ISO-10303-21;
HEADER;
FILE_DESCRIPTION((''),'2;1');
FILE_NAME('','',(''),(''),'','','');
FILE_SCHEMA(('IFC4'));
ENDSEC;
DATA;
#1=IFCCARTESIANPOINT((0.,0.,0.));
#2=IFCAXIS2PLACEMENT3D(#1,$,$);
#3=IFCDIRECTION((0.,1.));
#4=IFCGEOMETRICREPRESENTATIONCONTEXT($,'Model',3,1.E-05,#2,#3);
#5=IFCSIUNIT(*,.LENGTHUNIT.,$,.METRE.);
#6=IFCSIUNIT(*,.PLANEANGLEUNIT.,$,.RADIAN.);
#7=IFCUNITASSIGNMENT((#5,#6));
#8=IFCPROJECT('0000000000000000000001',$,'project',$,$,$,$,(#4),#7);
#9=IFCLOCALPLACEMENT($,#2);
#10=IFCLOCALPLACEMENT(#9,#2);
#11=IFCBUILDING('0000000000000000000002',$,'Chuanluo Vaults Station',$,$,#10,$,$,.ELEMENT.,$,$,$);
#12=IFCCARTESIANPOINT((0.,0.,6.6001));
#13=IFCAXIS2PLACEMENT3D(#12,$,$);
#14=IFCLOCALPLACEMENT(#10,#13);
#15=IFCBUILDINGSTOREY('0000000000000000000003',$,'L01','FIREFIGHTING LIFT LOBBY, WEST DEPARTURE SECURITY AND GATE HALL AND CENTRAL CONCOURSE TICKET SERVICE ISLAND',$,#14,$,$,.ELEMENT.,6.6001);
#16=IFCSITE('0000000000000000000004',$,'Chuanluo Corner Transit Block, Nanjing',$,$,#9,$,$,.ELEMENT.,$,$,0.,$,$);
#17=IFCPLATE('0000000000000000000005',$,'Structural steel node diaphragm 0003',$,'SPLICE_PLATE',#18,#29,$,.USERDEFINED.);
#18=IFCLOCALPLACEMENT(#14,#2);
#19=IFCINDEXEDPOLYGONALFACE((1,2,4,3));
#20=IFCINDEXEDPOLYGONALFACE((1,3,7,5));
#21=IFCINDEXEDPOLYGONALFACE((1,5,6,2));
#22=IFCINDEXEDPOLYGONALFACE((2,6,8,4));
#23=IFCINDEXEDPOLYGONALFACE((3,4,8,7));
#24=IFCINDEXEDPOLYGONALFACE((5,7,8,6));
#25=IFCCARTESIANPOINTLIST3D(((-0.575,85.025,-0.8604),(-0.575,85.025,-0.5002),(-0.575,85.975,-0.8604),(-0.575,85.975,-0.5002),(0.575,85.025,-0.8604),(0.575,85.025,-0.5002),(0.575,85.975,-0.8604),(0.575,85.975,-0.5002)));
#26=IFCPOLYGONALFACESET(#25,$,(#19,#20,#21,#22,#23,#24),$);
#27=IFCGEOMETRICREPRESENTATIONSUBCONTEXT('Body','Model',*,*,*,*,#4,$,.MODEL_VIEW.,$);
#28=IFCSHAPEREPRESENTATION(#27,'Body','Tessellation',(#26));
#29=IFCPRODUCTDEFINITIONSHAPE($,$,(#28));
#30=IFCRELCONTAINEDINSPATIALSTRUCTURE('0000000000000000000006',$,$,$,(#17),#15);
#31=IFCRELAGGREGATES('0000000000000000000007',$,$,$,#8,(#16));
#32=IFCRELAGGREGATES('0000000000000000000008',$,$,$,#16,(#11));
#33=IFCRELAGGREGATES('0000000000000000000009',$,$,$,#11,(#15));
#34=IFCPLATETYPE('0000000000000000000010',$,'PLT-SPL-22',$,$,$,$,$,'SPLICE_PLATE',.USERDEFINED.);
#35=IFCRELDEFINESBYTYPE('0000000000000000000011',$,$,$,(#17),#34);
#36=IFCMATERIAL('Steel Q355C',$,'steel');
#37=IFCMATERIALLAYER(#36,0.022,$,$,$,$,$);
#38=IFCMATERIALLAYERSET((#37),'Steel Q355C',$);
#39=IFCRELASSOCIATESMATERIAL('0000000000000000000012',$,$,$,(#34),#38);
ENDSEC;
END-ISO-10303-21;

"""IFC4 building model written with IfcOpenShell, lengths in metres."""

from ifc_helpers import new_model, si_unit, direction, frame, origin, origin_2d, place, context, subcontext, project, spatial, rectangle, extrude, material, layer, layer_set, type_object, element, save


model = new_model("IFC4")

# Units and contexts
model_context = context("Model", 3, precision=1e-05, world=origin(), true_north=direction((0.0, 1.0)))
body_context = subcontext(model_context, "Body", "Model", "MODEL_VIEW")
ifc_project = project(units=[si_unit("LENGTHUNIT", "METRE"), si_unit("PLANEANGLEUNIT", "RADIAN")], contexts=[model_context])

# Site, building, storey
site_placement = place(None, origin())
site = spatial("IfcSite", under=ifc_project, at=site_placement, Name="Chuanluo Corner Transit Block, Nanjing", CompositionType="ELEMENT", RefElevation=0.0)
building_placement = place(site_placement, origin())
building = spatial("IfcBuilding", under=site, at=building_placement, Name="Chuanluo Vaults Station", CompositionType="ELEMENT")
storey_placement = place(building_placement, frame((0.0, 0.0, 6.6001)))
storey = spatial("IfcBuildingStorey", under=building, at=storey_placement, Name="L01", Description="FIREFIGHTING LIFT LOBBY, WEST DEPARTURE SECURITY AND GATE HALL AND CENTRAL CONCOURSE TICKET SERVICE ISLAND", CompositionType="ELEMENT", Elevation=6.6001)

# Plate
ifc_material_1 = material(Name="Steel Q355C", Category="steel")
ifc_layer_1 = layer(ifc_material_1, 0.022)
ifc_layer_set_1 = layer_set([ifc_layer_1], Name="Steel Q355C")
plate_type_1 = type_object("IfcPlateType", Name="PLT-SPL-22", ElementType="SPLICE_PLATE", PredefinedType="USERDEFINED", material=ifc_layer_set_1)
plate_1_placement = place(storey_placement, frame((0.0, 85.5, -0.8604), z_axis=(0.0, 0.0, 1.0), x_axis=(1.0, 0.0, 0.0)))
element("IfcPlate", 1, at=plate_1_placement, inside=storey, type_object=plate_type_1, Name="Structural steel node diaphragm 0003", ObjectType="SPLICE_PLATE", PredefinedType="USERDEFINED", context=body_context, shape_type="SweptSolid", body=[
    extrude(rectangle(XDim=1.1499, YDim=0.95, at=origin_2d()), origin(), (0.0, 0.0, 1.0), 0.3601),
])

save(model, "model.ifc")
